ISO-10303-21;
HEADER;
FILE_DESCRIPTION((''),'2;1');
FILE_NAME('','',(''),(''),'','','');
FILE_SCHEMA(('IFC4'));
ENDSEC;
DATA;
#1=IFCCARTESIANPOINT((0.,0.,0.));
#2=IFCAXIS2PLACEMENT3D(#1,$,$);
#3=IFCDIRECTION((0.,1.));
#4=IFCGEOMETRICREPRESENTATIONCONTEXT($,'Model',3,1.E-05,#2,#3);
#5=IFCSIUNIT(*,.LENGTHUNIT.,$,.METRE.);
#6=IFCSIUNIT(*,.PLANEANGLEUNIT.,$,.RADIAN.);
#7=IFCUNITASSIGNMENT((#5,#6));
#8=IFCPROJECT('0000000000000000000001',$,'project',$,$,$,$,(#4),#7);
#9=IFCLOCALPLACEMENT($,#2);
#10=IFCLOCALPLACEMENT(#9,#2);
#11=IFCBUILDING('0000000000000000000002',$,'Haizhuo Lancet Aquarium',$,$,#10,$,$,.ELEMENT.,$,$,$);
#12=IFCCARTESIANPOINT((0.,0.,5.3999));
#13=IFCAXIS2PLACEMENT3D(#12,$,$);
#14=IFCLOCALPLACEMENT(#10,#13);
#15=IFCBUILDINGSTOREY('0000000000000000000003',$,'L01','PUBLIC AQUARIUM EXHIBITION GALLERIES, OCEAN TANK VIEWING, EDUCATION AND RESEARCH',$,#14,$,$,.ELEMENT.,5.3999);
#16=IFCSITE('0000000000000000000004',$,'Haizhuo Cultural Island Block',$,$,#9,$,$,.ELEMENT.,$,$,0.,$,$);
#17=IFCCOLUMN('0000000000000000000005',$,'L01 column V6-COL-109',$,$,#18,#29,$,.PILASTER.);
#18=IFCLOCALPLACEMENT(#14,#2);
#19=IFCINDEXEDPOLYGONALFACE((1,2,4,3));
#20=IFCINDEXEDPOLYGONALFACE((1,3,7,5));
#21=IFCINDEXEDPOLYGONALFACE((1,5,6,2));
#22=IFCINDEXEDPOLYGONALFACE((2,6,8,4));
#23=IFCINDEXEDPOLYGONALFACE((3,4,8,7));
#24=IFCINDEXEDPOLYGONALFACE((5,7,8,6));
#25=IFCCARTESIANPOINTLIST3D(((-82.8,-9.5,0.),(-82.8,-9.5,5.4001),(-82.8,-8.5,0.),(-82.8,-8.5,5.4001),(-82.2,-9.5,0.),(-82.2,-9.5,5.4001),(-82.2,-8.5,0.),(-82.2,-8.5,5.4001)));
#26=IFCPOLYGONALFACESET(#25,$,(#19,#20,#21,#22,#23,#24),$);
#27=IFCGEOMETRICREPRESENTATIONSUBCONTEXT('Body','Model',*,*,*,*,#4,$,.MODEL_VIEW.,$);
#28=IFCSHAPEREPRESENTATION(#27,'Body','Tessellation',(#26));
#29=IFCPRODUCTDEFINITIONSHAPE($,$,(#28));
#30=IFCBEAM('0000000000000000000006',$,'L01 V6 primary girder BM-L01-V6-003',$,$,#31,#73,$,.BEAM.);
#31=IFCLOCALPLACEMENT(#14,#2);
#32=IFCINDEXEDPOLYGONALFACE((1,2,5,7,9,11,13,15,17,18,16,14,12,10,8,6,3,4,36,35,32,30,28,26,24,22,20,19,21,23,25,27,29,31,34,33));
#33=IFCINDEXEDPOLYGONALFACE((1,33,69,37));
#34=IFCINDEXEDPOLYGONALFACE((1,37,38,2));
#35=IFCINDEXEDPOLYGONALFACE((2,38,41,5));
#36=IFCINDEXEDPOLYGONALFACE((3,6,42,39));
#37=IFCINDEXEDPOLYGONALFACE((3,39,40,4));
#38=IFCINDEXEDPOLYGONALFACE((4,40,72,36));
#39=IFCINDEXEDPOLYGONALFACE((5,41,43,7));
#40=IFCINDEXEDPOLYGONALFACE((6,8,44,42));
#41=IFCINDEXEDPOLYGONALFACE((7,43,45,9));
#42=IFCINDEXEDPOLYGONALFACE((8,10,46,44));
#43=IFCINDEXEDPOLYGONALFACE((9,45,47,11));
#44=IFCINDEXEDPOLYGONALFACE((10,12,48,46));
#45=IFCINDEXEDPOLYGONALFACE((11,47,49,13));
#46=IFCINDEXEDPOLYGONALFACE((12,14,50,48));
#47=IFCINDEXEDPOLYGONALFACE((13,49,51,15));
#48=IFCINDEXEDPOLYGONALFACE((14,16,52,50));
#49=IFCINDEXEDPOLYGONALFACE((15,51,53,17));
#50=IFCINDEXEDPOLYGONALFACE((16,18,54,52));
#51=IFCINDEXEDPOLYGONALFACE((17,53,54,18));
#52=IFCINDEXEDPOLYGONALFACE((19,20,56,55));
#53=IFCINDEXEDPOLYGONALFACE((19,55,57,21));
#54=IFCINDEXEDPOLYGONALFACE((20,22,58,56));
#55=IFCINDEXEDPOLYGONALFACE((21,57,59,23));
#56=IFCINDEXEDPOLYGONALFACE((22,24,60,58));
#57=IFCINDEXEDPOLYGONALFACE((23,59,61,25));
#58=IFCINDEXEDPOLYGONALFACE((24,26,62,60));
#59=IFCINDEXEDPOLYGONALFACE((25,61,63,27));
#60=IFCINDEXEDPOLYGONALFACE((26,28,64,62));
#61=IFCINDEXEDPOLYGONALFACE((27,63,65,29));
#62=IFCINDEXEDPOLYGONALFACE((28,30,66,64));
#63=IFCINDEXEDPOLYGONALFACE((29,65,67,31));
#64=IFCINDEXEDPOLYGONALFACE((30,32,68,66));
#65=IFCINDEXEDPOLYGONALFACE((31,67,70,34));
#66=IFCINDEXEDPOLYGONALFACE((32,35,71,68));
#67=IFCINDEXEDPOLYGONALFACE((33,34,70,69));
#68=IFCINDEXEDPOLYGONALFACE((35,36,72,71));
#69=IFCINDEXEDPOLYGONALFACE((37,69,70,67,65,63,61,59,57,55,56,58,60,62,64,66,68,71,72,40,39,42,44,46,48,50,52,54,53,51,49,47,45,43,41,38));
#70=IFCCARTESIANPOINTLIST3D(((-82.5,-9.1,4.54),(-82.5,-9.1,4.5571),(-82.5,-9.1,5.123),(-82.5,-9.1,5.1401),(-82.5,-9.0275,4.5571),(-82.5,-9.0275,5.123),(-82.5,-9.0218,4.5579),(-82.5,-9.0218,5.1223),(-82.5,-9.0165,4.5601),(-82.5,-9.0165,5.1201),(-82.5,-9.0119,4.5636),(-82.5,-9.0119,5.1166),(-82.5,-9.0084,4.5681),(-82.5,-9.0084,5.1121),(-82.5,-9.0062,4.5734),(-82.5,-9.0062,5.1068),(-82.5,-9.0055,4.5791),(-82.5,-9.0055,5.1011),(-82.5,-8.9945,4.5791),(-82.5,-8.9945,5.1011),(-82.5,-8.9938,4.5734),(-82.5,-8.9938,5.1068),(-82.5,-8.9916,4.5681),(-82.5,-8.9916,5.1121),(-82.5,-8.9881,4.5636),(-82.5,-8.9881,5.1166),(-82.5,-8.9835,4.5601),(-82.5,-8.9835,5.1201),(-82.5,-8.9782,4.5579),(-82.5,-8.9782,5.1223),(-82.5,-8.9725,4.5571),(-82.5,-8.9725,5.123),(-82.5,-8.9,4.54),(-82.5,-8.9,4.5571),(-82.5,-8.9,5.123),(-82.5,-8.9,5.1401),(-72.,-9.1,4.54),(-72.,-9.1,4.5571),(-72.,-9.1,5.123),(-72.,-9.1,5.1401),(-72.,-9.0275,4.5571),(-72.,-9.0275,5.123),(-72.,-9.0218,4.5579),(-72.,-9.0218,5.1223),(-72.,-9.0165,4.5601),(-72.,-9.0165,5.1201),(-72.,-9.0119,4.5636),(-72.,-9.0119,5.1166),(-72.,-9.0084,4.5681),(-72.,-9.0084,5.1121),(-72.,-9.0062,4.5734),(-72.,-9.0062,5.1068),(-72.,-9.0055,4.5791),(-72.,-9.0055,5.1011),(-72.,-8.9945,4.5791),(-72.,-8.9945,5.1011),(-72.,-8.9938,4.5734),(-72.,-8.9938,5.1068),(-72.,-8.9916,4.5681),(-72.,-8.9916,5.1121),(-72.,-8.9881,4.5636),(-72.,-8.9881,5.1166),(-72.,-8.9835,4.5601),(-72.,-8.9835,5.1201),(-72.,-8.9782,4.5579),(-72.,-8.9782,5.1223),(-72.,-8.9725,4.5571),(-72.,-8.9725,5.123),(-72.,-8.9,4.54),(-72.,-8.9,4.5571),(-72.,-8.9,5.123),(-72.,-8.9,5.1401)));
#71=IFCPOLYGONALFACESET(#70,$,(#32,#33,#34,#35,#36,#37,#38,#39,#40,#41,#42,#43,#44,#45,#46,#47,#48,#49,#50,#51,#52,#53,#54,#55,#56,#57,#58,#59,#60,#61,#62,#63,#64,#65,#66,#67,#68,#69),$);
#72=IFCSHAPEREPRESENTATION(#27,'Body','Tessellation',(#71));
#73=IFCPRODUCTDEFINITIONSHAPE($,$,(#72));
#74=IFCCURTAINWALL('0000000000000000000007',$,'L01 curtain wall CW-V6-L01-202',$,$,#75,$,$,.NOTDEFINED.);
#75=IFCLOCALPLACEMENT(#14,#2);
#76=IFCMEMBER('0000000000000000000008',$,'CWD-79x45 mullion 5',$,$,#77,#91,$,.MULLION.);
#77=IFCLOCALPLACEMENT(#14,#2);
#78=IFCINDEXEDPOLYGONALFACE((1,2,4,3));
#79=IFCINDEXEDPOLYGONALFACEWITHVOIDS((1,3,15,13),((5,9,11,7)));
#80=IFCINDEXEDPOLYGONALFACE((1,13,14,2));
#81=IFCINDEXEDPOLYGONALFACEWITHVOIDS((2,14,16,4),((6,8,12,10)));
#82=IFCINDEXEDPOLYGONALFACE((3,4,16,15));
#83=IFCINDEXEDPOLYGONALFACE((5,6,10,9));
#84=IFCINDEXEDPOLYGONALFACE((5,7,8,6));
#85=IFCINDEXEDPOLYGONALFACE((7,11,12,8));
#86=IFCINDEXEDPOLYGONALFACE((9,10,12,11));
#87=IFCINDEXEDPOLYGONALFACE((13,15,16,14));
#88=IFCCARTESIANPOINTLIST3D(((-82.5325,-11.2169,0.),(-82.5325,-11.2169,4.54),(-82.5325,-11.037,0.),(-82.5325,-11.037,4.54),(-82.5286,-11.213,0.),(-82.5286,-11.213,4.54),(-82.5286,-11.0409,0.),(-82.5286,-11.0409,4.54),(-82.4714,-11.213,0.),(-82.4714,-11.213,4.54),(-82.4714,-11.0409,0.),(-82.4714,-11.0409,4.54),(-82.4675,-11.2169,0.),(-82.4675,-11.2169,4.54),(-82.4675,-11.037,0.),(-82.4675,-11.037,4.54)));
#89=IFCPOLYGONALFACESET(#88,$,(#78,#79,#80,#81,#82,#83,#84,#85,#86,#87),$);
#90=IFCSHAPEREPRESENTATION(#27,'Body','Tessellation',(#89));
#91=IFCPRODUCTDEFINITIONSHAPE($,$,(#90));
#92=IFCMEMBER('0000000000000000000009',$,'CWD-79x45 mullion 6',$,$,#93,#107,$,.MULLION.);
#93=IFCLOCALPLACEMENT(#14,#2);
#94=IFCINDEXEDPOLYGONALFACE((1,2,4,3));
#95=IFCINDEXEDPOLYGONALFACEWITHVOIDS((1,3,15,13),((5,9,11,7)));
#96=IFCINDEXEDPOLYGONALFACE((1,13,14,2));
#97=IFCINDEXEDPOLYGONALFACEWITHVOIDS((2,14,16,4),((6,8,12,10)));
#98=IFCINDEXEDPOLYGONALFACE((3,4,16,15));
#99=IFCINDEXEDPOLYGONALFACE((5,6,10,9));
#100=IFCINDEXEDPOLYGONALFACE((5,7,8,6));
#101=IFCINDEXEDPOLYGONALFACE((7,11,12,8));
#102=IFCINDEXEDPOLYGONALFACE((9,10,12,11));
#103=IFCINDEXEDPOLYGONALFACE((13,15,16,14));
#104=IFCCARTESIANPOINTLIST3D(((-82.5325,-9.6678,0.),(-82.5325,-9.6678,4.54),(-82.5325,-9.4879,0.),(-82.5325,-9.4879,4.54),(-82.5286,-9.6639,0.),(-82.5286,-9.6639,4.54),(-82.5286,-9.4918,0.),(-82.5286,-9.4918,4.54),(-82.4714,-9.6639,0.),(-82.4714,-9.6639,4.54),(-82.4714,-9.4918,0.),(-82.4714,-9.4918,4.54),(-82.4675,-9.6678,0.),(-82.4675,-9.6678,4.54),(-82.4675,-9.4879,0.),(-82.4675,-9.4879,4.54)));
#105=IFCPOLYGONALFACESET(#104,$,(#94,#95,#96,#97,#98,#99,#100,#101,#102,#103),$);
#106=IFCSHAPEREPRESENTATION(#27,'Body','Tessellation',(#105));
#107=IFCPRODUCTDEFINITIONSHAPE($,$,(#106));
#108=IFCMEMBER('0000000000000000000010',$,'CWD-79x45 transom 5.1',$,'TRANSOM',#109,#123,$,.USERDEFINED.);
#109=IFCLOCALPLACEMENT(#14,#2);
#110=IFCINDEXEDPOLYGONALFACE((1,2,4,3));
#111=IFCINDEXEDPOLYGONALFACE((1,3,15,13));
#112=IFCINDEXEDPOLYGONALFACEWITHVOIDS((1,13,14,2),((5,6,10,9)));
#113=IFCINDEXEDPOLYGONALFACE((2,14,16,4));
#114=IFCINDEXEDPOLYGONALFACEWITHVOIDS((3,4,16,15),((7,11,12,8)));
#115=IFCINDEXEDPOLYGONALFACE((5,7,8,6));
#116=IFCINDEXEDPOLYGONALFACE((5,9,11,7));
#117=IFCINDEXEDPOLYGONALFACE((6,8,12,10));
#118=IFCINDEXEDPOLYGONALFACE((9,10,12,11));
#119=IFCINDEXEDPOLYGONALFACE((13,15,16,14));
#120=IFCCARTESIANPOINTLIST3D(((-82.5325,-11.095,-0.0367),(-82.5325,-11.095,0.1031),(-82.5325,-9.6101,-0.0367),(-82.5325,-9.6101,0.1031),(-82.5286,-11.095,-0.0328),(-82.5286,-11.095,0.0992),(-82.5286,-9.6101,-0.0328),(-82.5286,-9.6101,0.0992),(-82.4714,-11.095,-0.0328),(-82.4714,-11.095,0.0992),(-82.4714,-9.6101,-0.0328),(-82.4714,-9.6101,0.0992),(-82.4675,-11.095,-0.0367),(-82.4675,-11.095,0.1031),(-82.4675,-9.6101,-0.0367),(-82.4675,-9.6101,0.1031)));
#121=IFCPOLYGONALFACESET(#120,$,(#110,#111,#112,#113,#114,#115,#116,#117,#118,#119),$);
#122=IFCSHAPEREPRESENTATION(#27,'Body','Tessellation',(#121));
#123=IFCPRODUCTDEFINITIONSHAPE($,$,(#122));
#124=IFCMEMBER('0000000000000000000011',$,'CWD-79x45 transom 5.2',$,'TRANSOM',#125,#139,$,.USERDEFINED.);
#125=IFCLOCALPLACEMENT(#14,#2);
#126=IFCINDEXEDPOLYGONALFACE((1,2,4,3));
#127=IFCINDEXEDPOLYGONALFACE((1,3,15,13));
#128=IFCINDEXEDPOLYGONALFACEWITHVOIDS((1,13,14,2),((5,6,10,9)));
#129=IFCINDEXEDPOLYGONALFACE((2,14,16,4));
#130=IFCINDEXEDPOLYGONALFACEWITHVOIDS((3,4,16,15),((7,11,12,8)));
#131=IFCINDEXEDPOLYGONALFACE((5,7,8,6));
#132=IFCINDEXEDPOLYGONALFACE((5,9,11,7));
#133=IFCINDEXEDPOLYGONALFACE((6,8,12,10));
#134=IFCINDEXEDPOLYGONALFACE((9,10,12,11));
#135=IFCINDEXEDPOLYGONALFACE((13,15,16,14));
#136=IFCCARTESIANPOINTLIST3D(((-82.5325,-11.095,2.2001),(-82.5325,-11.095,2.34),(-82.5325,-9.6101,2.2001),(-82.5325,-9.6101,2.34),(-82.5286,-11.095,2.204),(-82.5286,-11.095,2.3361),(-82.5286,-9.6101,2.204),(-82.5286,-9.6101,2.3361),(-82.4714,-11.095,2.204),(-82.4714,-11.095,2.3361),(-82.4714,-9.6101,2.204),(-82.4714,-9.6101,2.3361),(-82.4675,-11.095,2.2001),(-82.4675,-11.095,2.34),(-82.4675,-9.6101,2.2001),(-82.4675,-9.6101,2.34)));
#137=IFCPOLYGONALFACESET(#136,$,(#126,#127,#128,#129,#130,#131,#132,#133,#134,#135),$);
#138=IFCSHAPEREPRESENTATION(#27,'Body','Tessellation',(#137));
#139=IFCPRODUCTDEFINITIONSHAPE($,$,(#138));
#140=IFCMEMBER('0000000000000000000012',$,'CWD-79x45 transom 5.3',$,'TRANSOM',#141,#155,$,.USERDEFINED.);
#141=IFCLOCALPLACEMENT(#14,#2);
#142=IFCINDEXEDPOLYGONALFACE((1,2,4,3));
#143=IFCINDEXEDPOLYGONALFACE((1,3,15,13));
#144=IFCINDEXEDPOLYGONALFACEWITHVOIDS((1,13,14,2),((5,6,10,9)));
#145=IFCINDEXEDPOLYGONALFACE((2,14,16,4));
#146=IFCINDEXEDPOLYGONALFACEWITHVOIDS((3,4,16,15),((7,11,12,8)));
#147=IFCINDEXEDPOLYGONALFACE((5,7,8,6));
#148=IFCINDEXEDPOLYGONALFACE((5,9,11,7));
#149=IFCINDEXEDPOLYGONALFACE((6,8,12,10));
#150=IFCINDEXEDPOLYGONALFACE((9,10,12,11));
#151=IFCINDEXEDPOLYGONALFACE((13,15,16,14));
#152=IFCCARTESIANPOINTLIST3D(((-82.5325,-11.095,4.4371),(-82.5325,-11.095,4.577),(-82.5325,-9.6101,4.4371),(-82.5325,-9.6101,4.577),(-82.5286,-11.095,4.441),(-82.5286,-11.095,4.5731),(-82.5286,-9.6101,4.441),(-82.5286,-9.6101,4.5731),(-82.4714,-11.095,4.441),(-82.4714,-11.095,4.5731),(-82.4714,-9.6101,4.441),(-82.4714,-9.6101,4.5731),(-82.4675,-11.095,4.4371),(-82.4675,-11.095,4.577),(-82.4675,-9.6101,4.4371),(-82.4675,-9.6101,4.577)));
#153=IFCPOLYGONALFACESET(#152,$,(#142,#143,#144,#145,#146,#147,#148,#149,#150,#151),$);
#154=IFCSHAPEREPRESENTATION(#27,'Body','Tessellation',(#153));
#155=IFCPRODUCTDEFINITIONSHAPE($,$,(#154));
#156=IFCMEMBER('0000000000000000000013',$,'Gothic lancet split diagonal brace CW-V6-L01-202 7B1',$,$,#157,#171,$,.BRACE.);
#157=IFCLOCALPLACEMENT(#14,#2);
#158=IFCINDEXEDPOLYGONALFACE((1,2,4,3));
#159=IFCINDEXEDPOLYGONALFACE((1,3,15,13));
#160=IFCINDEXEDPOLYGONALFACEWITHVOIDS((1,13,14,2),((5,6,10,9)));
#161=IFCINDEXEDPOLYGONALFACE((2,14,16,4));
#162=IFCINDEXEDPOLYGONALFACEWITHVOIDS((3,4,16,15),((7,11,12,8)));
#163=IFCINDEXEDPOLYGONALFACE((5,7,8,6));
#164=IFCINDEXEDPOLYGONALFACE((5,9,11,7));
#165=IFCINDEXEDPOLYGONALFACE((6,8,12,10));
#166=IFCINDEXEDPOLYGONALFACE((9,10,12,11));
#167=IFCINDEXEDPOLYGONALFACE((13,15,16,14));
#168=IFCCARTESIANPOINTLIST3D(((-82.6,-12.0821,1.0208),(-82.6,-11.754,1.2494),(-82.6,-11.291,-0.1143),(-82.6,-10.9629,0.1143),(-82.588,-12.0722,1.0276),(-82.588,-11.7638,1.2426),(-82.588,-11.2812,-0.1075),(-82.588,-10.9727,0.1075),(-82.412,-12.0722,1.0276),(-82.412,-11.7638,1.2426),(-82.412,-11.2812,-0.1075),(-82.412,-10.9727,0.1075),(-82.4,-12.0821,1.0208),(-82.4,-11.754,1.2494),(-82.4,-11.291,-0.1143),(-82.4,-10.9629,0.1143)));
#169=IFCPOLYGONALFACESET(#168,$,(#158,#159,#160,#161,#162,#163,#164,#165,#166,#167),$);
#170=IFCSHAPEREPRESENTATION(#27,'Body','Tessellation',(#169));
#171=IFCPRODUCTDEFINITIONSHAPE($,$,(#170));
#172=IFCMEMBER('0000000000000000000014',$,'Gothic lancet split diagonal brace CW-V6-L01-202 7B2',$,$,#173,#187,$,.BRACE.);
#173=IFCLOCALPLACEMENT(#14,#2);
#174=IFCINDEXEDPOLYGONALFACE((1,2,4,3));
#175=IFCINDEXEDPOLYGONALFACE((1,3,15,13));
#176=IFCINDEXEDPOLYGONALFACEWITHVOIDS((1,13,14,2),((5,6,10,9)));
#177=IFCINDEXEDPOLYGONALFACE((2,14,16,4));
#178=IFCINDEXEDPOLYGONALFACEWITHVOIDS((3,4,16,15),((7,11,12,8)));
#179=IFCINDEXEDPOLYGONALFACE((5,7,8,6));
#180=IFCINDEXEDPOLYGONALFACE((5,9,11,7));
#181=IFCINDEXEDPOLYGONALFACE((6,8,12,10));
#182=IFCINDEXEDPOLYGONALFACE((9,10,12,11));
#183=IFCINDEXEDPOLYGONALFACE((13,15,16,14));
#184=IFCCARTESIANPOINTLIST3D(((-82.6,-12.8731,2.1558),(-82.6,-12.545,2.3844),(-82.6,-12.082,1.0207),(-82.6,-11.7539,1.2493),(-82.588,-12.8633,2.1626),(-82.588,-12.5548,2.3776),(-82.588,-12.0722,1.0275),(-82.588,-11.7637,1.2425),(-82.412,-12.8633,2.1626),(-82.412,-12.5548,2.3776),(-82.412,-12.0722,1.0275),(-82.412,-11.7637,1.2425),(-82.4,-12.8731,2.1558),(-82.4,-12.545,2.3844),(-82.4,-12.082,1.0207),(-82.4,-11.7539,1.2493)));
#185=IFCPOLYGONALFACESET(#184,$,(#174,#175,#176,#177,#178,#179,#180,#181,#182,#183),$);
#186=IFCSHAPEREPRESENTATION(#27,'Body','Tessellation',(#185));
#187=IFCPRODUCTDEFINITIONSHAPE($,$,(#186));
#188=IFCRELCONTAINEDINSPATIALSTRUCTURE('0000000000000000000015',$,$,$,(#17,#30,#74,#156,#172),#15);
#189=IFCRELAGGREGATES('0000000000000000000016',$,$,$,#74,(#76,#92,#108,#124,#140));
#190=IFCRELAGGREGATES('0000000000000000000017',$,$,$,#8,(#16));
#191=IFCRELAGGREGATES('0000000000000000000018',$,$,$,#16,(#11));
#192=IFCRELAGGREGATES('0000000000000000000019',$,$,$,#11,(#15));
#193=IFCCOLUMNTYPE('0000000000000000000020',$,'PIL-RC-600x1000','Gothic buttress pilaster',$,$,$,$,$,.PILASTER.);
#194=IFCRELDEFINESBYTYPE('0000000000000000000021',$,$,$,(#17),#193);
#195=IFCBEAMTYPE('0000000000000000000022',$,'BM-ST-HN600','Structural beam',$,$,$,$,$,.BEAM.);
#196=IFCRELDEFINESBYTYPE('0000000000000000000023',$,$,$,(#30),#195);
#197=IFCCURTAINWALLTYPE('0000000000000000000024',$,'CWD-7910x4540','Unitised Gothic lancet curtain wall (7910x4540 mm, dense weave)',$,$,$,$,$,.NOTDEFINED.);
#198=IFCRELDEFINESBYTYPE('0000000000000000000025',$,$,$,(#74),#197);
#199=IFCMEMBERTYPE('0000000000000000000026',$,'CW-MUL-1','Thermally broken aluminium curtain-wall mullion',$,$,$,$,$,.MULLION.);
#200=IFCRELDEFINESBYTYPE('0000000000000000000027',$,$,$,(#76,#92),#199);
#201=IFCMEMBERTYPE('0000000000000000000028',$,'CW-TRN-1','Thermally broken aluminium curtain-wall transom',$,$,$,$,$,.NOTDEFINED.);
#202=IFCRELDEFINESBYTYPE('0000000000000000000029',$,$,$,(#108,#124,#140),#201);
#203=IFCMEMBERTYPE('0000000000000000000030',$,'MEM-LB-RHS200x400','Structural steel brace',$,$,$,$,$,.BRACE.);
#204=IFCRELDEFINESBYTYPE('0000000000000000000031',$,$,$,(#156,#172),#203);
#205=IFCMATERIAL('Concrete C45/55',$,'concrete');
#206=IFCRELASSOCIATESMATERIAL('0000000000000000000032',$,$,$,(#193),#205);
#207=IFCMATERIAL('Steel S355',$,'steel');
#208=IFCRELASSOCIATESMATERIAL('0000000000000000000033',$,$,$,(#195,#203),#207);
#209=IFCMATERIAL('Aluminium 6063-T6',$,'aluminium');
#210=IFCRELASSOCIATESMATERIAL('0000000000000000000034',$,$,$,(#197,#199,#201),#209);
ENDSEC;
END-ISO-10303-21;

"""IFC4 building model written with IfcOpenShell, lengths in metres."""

from ifc_helpers import new_model, si_unit, direction, frame, origin, origin_2d, place, context, subcontext, project, spatial, rectangle, hollow_rectangle, i_section, extrude, material, material_profile, profile_set, type_object, element, aggregate, save


model = new_model("IFC4")

# Units and contexts
model_context = context("Model", 3, precision=1e-05, world=origin(), true_north=direction((0.0, 1.0)))
body_context = subcontext(model_context, "Body", "Model", "MODEL_VIEW")
ifc_project = project(units=[si_unit("LENGTHUNIT", "METRE"), si_unit("PLANEANGLEUNIT", "RADIAN")], contexts=[model_context])

# Site, building, storey
site_placement = place(None, origin())
site = spatial("IfcSite", under=ifc_project, at=site_placement, Name="Haizhuo Cultural Island Block", CompositionType="ELEMENT", RefElevation=0.0)
building_placement = place(site_placement, origin())
building = spatial("IfcBuilding", under=site, at=building_placement, Name="Haizhuo Lancet Aquarium", CompositionType="ELEMENT")
storey_placement = place(building_placement, frame((0.0, 0.0, 5.3999)))
storey = spatial("IfcBuildingStorey", under=building, at=storey_placement, Name="L01", Description="PUBLIC AQUARIUM EXHIBITION GALLERIES, OCEAN TANK VIEWING, EDUCATION AND RESEARCH", CompositionType="ELEMENT", Elevation=5.3999)

# Column
ifc_material_1 = material(Name="Concrete C45/55", Category="concrete")
ifc_material_profile_1 = material_profile(ifc_material_1, rectangle(XDim=0.6001, YDim=1.0, at=origin_2d()), Name="RC-PIL 600x1000")
ifc_profile_set_1 = profile_set([ifc_material_profile_1], Name="Concrete C45/55")
column_type = type_object("IfcColumnType", Name="PIL-RC-600x1000", Description="Gothic buttress pilaster", PredefinedType="PILASTER", material=ifc_profile_set_1)
column_placement = place(storey_placement, frame((-82.5, -9.0, 0.0), z_axis=(0.0, 0.0, 1.0), x_axis=(1.0, 0.0, 0.0)))
element("IfcColumn", 1, at=column_placement, inside=storey, type_object=column_type, Name="L01 column V6-COL-109", PredefinedType="PILASTER", context=body_context, shape_type="SweptSolid", body=[
    extrude(rectangle(XDim=0.6001, YDim=1.0, at=origin_2d()), origin(), (0.0, 0.0, 1.0), 5.4001),
])

# Beam
ifc_material_2 = material(Name="Steel S355", Category="steel")
ifc_material_profile_2 = material_profile(ifc_material_2, i_section(OverallWidth=0.2, OverallDepth=0.6001, WebThickness=0.011, FlangeThickness=0.0171, FilletRadius=0.022, at=origin_2d()), Name="HN 600x200x11x17")
ifc_profile_set_2 = profile_set([ifc_material_profile_2], Name="Steel S355")
beam_type = type_object("IfcBeamType", Name="BM-ST-HN600", Description="Structural beam", PredefinedType="BEAM", material=ifc_profile_set_2)
beam_placement = place(storey_placement, frame((-82.5, -9.0, 4.8401), z_axis=(1.0, 0.0, 0.0), x_axis=(0.0, 1.0, 0.0)))
element("IfcBeam", 2, at=beam_placement, inside=storey, type_object=beam_type, Name="L01 V6 primary girder BM-L01-V6-003", PredefinedType="BEAM", context=body_context, shape_type="SweptSolid", body=[
    extrude(i_section(OverallWidth=0.2, OverallDepth=0.6001, WebThickness=0.011, FlangeThickness=0.0171, FilletRadius=0.022, at=origin_2d()), origin(), (0.0, 0.0, 1.0), 10.5),
])

# Curtain wall, members
ifc_material_3 = material(Name="Aluminium 6063-T6", Category="aluminium")
curtain_wall_type = type_object("IfcCurtainWallType", Name="CWD-7910x4540", Description="Unitised Gothic lancet curtain wall (7910x4540 mm, dense weave)", PredefinedType="NOTDEFINED", material=ifc_material_3)
curtain_wall_placement = place(storey_placement, origin())
curtain_wall = element("IfcCurtainWall", 3, at=curtain_wall_placement, inside=storey, type_object=curtain_wall_type, Name="L01 curtain wall CW-V6-L01-202", PredefinedType="NOTDEFINED")
ifc_material_profile_3 = material_profile(ifc_material_3, hollow_rectangle(XDim=0.0649, YDim=0.1799, WallThickness=0.0039, at=origin_2d()), Name="ALU-M 65x180x4")
ifc_profile_set_3 = profile_set([ifc_material_profile_3], Name="Aluminium 6063-T6")
member_type_1 = type_object("IfcMemberType", Name="CW-MUL-1", Description="Thermally broken aluminium curtain-wall mullion", PredefinedType="MULLION", material=ifc_profile_set_3)
member_1_placement = place(storey_placement, frame((-82.5, -11.127, 0.0), z_axis=(0.0, 0.0, 1.0), x_axis=(-1.0, 0.0, 0.0)))
member_1 = element("IfcMember", 4, at=member_1_placement, type_object=member_type_1, Name="CWD-79x45 mullion 5", PredefinedType="MULLION", context=body_context, shape_type="SweptSolid", body=[
    extrude(hollow_rectangle(XDim=0.0649, YDim=0.1799, WallThickness=0.0039, at=origin_2d()), origin(), (0.0, 0.0, 1.0), 4.54),
])
member_2_placement = place(storey_placement, frame((-82.5, -9.5779, 0.0), z_axis=(0.0, 0.0, 1.0), x_axis=(-1.0, 0.0, 0.0)))
member_2 = element("IfcMember", 5, at=member_2_placement, type_object=member_type_1, Name="CWD-79x45 mullion 6", PredefinedType="MULLION", context=body_context, shape_type="SweptSolid", body=[
    extrude(hollow_rectangle(XDim=0.0649, YDim=0.1799, WallThickness=0.0039, at=origin_2d()), origin(), (0.0, 0.0, 1.0), 4.54),
])
ifc_material_profile_4 = material_profile(ifc_material_3, hollow_rectangle(XDim=0.0649, YDim=0.1399, WallThickness=0.0039, at=origin_2d()), Name="ALU-T 65x140x4")
ifc_profile_set_4 = profile_set([ifc_material_profile_4], Name="Aluminium 6063-T6")
member_type_2 = type_object("IfcMemberType", Name="CW-TRN-1", Description="Thermally broken aluminium curtain-wall transom", PredefinedType="NOTDEFINED", material=ifc_profile_set_4)
member_3_placement = place(storey_placement, frame((-82.5, -11.095, 0.0332), z_axis=(0.0, 1.0, 0.0), x_axis=(-1.0, 0.0, 0.0)))
member_3 = element("IfcMember", 6, at=member_3_placement, type_object=member_type_2, Name="CWD-79x45 transom 5.1", ObjectType="TRANSOM", PredefinedType="USERDEFINED", context=body_context, shape_type="SweptSolid", body=[
    extrude(hollow_rectangle(XDim=0.0649, YDim=0.1399, WallThickness=0.0039, at=origin_2d()), origin(), (0.0, 0.0, 1.0), 1.4849),
])
member_4_placement = place(storey_placement, frame((-82.5, -11.095, 2.27), z_axis=(0.0, 1.0, 0.0), x_axis=(-1.0, 0.0, 0.0)))
member_4 = element("IfcMember", 7, at=member_4_placement, type_object=member_type_2, Name="CWD-79x45 transom 5.2", ObjectType="TRANSOM", PredefinedType="USERDEFINED", context=body_context, shape_type="SweptSolid", body=[
    extrude(hollow_rectangle(XDim=0.0649, YDim=0.1399, WallThickness=0.0039, at=origin_2d()), origin(), (0.0, 0.0, 1.0), 1.4849),
])
member_5_placement = place(storey_placement, frame((-82.5, -11.095, 4.5071), z_axis=(0.0, 1.0, 0.0), x_axis=(-1.0, 0.0, 0.0)))
member_5 = element("IfcMember", 8, at=member_5_placement, type_object=member_type_2, Name="CWD-79x45 transom 5.3", ObjectType="TRANSOM", PredefinedType="USERDEFINED", context=body_context, shape_type="SweptSolid", body=[
    extrude(hollow_rectangle(XDim=0.0649, YDim=0.1399, WallThickness=0.0039, at=origin_2d()), origin(), (0.0, 0.0, 1.0), 1.4849),
])

# Members
ifc_material_profile_5 = material_profile(ifc_material_2, hollow_rectangle(XDim=0.2, YDim=0.3999, WallThickness=0.012, at=origin_2d()), Name="RHS 200x400x12")
ifc_profile_set_5 = profile_set([ifc_material_profile_5], Name="Steel S355")
member_type_3 = type_object("IfcMemberType", Name="MEM-LB-RHS200x400", Description="Structural steel brace", PredefinedType="BRACE", material=ifc_profile_set_5)
for number, where, z_axis, x_axis, name in (
    (9, (-82.5, -11.127, 0.0), (0.0, -0.571767, 0.820416), (1.0, 0.0, 0.0), "Gothic lancet split diagonal brace CW-V6-L01-202 7B1"),
    (10, (-82.5, -11.918, 1.135), (0.0, -0.571767, 0.820416), (1.0, 0.0, 0.0), "Gothic lancet split diagonal brace CW-V6-L01-202 7B2"),
):
    element("IfcMember", number, at=place(storey_placement, frame(where, z_axis=z_axis, x_axis=x_axis)), inside=storey, type_object=member_type_3, Name=name, PredefinedType="BRACE", context=body_context, shape_type="SweptSolid", body=[
        extrude(hollow_rectangle(XDim=0.2, YDim=0.3999, WallThickness=0.012, at=origin_2d()), origin(), (0.0, 0.0, 1.0), 1.3835),
    ])

aggregate(curtain_wall, [member_1, member_2, member_3, member_4, member_5])

save(model, "model.ifc")
